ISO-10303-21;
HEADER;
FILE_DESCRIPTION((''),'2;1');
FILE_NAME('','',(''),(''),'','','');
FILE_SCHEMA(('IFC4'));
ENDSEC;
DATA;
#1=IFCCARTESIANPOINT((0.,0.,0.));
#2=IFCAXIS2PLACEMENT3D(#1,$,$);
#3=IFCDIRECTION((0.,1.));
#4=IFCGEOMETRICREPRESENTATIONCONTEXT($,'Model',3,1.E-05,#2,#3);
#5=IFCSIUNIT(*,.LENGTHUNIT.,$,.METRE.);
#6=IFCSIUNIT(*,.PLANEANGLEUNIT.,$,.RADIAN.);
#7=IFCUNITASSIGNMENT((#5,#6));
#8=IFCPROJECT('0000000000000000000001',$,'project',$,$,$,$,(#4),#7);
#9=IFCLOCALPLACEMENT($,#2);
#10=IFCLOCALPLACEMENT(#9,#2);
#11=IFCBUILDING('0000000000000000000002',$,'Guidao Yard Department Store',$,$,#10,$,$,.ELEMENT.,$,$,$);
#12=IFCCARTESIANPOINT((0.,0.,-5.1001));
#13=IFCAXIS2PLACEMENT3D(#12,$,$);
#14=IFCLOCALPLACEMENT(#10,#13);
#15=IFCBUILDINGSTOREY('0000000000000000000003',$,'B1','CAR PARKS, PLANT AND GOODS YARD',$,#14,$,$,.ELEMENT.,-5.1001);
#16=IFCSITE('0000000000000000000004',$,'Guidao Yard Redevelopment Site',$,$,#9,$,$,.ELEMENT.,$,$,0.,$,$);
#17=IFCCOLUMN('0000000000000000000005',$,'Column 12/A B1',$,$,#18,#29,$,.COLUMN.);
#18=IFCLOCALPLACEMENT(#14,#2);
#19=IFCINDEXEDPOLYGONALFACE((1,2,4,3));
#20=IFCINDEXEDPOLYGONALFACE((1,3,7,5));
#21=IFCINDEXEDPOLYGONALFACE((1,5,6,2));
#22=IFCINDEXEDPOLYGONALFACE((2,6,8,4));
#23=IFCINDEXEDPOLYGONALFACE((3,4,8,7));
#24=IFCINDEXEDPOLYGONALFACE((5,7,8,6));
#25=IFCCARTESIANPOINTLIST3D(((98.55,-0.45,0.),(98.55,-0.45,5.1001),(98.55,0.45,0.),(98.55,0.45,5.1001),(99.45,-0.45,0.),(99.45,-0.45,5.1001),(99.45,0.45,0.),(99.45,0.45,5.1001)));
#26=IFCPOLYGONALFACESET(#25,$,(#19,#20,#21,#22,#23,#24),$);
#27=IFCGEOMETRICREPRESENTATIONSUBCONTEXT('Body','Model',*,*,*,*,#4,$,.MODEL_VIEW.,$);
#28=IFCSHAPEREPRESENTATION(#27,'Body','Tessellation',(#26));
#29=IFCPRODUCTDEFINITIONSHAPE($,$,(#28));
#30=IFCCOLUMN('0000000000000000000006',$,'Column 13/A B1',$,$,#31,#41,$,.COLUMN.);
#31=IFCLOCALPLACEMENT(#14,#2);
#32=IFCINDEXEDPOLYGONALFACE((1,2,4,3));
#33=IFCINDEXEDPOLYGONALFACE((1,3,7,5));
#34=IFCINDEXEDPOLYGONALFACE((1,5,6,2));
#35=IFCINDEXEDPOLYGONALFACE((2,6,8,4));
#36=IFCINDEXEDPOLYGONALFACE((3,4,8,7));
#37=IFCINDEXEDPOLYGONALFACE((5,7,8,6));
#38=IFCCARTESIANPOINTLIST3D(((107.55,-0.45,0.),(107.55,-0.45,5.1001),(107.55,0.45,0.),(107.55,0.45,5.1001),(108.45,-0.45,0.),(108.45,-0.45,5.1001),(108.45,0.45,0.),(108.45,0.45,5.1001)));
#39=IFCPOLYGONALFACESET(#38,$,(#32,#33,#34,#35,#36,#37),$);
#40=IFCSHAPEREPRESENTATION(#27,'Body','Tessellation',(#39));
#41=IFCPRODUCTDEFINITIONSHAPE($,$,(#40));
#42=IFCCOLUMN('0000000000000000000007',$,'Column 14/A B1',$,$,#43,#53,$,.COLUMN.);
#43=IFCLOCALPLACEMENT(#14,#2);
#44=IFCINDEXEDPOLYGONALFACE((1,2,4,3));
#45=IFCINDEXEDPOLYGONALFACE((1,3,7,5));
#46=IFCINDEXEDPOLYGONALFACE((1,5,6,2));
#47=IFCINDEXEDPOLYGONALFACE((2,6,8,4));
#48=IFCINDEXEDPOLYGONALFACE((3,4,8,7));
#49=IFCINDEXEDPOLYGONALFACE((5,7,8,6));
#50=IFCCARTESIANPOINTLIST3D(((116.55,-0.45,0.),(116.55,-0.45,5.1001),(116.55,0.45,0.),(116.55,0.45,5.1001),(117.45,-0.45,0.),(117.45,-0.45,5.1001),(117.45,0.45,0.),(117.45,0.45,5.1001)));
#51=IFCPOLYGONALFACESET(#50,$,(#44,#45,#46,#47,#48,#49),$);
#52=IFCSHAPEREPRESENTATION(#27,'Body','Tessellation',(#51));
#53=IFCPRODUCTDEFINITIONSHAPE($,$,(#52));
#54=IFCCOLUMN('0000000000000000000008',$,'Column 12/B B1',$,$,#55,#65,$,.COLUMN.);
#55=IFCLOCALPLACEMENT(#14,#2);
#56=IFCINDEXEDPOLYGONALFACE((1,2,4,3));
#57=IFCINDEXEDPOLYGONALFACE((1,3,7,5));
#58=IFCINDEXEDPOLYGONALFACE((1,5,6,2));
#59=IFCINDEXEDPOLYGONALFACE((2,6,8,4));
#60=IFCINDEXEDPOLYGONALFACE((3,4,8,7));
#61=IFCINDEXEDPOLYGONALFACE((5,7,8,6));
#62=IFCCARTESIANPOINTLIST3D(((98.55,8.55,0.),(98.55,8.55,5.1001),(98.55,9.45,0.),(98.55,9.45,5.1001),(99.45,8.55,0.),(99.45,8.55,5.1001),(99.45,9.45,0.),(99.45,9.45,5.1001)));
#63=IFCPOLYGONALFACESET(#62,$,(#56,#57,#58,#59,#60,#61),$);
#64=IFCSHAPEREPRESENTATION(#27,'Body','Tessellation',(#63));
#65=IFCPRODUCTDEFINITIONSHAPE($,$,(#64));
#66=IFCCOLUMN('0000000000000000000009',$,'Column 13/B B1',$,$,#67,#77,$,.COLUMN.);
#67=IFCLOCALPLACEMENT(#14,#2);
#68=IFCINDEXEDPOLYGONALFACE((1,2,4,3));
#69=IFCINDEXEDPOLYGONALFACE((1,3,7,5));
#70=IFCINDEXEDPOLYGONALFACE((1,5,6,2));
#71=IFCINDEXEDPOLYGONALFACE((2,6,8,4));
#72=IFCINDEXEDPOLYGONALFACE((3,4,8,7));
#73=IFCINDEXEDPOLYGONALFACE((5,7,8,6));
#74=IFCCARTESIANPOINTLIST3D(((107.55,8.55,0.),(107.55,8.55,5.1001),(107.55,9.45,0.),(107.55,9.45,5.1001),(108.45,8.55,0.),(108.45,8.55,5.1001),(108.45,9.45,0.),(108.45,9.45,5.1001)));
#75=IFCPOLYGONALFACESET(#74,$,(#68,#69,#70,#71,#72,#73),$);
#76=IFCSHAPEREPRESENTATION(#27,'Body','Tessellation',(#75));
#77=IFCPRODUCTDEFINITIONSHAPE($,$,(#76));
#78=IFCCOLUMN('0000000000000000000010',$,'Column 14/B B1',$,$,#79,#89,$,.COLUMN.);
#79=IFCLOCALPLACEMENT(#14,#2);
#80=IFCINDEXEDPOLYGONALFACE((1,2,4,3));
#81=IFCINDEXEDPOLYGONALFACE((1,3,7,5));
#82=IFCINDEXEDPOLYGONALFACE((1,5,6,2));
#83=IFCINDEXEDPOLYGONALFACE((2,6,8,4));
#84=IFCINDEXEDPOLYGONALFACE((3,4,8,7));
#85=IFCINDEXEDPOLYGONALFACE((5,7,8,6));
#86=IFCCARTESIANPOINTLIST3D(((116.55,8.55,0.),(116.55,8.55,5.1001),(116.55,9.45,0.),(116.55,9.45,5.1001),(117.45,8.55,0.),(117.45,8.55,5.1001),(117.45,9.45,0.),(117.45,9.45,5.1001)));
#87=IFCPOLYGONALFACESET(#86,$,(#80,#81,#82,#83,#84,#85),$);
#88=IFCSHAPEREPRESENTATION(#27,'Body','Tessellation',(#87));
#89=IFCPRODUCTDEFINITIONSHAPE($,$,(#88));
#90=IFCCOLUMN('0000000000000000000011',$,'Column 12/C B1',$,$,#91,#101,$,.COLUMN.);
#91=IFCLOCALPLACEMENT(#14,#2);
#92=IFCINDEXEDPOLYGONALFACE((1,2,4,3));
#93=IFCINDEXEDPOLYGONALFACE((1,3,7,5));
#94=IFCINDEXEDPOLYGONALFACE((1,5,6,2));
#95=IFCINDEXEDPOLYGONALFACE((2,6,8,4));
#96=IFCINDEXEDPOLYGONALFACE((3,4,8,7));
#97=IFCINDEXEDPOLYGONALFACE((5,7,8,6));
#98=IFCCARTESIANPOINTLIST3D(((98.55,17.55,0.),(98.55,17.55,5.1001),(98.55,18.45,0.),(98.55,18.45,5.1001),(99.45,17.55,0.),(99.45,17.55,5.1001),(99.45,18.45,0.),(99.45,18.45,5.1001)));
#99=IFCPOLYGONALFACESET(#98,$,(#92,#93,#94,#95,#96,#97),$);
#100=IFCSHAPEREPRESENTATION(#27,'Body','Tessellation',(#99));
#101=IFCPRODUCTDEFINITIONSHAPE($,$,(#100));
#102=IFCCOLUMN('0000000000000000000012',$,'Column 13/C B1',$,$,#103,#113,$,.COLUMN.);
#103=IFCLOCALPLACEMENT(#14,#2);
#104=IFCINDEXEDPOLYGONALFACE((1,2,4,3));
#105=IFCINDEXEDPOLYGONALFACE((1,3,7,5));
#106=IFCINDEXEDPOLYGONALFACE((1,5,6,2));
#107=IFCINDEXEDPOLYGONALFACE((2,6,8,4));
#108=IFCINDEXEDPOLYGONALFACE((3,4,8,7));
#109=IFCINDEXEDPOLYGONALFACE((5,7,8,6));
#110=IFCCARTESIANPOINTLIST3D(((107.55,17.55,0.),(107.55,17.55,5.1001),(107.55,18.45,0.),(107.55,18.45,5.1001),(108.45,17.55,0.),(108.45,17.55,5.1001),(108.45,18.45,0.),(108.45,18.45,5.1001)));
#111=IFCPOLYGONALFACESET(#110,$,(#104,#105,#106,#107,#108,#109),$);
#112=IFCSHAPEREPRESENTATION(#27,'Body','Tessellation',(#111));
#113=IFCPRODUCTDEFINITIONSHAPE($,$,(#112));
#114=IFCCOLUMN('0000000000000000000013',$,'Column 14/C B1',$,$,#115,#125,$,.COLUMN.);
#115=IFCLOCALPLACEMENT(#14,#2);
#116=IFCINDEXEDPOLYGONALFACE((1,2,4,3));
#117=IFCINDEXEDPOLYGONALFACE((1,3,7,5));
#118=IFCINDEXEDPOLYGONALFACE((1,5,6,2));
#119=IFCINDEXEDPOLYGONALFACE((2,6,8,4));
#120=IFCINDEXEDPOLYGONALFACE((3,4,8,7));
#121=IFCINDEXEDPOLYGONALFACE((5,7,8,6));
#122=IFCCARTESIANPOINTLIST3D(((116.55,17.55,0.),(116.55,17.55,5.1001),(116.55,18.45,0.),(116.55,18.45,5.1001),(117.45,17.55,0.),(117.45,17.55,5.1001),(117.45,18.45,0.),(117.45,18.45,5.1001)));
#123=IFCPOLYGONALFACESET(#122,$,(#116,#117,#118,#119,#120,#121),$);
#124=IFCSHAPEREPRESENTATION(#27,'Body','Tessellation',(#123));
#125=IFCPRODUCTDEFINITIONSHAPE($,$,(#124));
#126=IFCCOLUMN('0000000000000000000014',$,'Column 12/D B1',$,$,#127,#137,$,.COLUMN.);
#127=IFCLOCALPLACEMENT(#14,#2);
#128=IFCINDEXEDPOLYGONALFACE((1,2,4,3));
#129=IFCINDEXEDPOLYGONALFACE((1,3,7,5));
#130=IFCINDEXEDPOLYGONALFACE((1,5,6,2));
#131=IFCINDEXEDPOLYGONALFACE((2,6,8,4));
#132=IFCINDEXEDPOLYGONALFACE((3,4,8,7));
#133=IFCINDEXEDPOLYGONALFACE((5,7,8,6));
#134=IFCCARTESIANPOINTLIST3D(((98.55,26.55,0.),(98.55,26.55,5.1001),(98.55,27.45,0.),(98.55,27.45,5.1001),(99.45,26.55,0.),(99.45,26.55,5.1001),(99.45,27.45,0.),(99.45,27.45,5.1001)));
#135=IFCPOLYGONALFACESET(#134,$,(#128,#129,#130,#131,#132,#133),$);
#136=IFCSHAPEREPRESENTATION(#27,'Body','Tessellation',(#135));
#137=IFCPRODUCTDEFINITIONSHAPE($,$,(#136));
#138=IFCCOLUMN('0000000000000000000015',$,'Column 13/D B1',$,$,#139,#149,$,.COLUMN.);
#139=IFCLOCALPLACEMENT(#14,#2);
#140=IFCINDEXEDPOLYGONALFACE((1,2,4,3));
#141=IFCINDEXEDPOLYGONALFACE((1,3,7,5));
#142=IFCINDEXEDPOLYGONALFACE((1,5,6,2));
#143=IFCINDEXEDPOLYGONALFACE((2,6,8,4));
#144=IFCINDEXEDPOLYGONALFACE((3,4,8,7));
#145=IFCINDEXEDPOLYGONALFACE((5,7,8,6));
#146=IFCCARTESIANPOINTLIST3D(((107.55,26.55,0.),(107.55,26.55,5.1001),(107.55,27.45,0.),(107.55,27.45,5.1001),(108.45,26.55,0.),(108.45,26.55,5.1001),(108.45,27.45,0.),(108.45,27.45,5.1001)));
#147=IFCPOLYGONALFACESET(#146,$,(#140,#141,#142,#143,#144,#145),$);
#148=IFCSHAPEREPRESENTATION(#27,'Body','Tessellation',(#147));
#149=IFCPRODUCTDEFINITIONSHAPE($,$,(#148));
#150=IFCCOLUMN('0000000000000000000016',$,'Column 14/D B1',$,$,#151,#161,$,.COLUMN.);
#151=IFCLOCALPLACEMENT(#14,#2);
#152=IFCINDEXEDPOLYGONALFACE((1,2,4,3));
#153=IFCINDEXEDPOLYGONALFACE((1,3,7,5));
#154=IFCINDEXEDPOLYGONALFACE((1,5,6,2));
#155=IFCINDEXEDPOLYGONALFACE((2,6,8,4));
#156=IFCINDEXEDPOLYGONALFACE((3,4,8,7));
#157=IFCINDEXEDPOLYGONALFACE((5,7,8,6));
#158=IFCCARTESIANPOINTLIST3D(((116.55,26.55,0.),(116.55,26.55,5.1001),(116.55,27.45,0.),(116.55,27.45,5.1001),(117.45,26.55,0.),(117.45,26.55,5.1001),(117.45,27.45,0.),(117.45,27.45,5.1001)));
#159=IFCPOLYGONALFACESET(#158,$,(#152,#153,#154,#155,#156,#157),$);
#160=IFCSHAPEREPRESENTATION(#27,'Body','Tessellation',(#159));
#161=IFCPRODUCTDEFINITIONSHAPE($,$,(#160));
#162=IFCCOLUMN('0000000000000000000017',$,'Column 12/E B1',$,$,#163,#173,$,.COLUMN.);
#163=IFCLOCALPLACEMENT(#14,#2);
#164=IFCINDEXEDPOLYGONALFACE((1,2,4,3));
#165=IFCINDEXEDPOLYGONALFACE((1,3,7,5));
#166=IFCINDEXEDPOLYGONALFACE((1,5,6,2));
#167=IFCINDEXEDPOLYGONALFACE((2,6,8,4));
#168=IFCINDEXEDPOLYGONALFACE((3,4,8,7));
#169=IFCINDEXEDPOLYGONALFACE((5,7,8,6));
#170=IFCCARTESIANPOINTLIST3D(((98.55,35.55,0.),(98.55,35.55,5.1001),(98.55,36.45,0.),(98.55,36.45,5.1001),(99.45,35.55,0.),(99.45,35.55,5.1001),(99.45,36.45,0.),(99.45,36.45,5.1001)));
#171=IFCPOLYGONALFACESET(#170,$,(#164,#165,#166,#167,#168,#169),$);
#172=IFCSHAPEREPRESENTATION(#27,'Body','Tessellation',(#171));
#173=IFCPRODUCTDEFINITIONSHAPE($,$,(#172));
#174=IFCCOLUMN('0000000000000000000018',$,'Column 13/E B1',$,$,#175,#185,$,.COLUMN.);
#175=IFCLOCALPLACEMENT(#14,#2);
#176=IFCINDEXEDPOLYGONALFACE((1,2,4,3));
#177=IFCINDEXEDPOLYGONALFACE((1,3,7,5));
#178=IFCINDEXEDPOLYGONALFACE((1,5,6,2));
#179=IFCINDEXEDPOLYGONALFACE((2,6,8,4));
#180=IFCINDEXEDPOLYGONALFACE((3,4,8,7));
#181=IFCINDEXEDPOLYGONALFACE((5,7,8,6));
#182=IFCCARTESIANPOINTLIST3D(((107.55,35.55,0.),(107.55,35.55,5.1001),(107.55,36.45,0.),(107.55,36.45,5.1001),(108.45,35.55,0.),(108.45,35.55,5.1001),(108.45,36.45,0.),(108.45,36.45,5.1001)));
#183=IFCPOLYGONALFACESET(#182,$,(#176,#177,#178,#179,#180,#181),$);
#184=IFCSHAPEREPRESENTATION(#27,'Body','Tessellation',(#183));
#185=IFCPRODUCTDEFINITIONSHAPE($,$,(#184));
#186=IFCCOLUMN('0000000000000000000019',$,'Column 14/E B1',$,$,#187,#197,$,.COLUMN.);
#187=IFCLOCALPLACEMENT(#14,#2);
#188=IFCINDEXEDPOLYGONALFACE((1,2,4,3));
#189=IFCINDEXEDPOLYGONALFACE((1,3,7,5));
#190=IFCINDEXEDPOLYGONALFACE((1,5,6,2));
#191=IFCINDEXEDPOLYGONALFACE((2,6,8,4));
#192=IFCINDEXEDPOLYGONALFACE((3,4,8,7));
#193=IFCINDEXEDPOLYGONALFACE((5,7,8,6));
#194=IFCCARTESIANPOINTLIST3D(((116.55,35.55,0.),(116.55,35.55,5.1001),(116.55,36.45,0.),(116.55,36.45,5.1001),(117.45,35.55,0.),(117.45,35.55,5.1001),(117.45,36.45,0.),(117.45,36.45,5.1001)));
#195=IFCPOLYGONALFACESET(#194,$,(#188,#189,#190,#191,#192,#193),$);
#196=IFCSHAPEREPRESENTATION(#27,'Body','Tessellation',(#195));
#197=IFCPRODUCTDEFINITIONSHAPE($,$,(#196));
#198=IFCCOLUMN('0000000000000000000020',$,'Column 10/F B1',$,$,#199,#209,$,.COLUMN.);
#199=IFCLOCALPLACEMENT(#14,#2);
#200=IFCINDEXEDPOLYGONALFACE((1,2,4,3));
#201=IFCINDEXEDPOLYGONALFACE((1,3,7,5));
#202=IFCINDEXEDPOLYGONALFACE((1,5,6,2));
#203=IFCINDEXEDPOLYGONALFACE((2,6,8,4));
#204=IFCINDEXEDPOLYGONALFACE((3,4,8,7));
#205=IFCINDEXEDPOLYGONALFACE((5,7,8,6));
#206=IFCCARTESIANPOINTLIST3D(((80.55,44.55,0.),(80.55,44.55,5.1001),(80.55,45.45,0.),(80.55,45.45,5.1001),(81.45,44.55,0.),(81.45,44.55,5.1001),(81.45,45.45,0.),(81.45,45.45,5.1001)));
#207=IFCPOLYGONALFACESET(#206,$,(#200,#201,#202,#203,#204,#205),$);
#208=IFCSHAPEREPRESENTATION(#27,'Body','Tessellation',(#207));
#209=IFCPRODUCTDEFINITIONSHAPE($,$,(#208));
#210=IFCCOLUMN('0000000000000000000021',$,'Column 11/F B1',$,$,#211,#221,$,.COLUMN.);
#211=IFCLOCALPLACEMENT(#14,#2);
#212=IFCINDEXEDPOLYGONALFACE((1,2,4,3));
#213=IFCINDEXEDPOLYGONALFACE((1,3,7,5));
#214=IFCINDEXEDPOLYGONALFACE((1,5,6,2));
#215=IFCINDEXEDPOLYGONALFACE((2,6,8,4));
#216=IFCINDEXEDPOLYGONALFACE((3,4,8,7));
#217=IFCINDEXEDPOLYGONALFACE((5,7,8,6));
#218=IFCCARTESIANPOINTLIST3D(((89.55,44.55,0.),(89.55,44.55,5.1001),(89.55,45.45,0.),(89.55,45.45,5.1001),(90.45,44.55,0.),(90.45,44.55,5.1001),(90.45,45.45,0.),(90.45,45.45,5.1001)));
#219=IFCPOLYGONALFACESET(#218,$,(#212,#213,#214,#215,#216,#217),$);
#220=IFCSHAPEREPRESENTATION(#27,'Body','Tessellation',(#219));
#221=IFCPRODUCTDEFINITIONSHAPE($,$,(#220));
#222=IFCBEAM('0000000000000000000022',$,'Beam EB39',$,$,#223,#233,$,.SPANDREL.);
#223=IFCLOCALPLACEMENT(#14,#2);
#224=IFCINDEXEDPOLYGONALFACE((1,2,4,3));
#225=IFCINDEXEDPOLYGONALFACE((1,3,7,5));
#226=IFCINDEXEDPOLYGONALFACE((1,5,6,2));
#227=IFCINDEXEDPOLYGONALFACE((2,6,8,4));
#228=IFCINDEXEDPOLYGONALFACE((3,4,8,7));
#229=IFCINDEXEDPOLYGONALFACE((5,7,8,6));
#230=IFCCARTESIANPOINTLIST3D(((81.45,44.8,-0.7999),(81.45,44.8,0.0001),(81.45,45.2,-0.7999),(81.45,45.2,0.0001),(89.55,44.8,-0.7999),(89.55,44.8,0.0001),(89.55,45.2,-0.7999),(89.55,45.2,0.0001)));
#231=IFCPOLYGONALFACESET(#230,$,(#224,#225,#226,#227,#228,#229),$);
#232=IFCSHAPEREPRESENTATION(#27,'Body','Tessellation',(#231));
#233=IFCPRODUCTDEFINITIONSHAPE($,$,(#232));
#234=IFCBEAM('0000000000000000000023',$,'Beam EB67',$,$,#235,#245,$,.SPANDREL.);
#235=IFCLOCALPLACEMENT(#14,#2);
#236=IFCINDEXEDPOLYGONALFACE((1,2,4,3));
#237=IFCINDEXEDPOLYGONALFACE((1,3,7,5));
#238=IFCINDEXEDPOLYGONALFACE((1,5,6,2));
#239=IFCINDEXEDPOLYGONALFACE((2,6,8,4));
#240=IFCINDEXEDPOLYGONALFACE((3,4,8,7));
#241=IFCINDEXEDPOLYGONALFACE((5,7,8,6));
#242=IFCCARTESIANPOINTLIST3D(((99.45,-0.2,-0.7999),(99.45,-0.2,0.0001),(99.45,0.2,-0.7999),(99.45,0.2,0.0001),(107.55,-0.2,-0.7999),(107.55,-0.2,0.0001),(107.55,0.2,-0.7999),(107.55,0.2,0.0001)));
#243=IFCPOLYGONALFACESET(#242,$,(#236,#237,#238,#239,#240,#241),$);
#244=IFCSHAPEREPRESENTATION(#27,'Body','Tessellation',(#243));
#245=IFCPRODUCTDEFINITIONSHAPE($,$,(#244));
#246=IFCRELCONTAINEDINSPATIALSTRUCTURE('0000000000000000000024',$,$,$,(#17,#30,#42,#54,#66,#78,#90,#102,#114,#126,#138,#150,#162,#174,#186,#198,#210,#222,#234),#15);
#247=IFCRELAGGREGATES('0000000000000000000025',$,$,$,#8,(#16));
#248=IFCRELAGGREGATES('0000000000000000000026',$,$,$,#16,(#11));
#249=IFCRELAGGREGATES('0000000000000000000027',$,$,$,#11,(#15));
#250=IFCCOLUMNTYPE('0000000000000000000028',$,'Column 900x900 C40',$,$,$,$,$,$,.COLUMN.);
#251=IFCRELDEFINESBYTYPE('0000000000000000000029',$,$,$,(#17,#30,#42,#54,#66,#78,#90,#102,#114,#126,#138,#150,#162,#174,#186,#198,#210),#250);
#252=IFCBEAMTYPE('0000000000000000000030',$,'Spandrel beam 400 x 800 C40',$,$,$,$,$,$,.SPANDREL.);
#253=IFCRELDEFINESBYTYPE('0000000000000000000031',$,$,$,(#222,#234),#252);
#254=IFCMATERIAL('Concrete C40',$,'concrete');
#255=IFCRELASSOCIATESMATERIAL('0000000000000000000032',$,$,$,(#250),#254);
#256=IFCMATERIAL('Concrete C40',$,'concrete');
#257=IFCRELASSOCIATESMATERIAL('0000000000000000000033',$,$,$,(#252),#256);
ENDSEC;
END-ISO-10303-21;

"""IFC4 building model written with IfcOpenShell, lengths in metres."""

from ifc_helpers import new_model, si_unit, direction, frame, origin, origin_2d, place, context, subcontext, project, spatial, rectangle, extrude, material, material_profile, profile_set, type_object, element, save


model = new_model("IFC4")

# Units and contexts
model_context = context("Model", 3, precision=1e-05, world=origin(), true_north=direction((0.0, 1.0)))
body_context = subcontext(model_context, "Body", "Model", "MODEL_VIEW")
ifc_project = project(units=[si_unit("LENGTHUNIT", "METRE"), si_unit("PLANEANGLEUNIT", "RADIAN")], contexts=[model_context])

# Site, building, storey
site_placement = place(None, origin())
site = spatial("IfcSite", under=ifc_project, at=site_placement, Name="Guidao Yard Redevelopment Site", CompositionType="ELEMENT", RefElevation=0.0)
building_placement = place(site_placement, origin())
building = spatial("IfcBuilding", under=site, at=building_placement, Name="Guidao Yard Department Store", CompositionType="ELEMENT")
storey_placement = place(building_placement, frame((0.0, 0.0, -5.1001)))
storey = spatial("IfcBuildingStorey", under=building, at=storey_placement, Name="B1", Description="CAR PARKS, PLANT AND GOODS YARD", CompositionType="ELEMENT", Elevation=-5.1001)

# Columns
ifc_material_1 = material(Name="Concrete C40", Category="concrete")
ifc_material_profile_1 = material_profile(ifc_material_1, rectangle(XDim=0.8999, YDim=0.8999, at=origin_2d()), Name="COL 900x900")
ifc_profile_set_1 = profile_set([ifc_material_profile_1], Name="Concrete C40")
column_type = type_object("IfcColumnType", Name="Column 900x900 C40", PredefinedType="COLUMN", material=ifc_profile_set_1)
for number, where, z_axis, x_axis, name in (
    (1, (99.0, 0.0, 0.0), (0.0, 0.0, 1.0), (1.0, 0.0, 0.0), "Column 12/A B1"),
    (2, (108.0, 0.0, 0.0), (0.0, 0.0, 1.0), (1.0, 0.0, 0.0), "Column 13/A B1"),
    (3, (117.0, 0.0, 0.0), (0.0, 0.0, 1.0), (1.0, 0.0, 0.0), "Column 14/A B1"),
    (4, (99.0, 9.0, 0.0), (0.0, 0.0, 1.0), (1.0, 0.0, 0.0), "Column 12/B B1"),
    (5, (108.0, 9.0, 0.0), (0.0, 0.0, 1.0), (1.0, 0.0, 0.0), "Column 13/B B1"),
    (6, (117.0, 9.0, 0.0), (0.0, 0.0, 1.0), (1.0, 0.0, 0.0), "Column 14/B B1"),
    (7, (99.0, 18.0, 0.0), (0.0, 0.0, 1.0), (1.0, 0.0, 0.0), "Column 12/C B1"),
    (8, (108.0, 18.0, 0.0), (0.0, 0.0, 1.0), (1.0, 0.0, 0.0), "Column 13/C B1"),
    (9, (117.0, 18.0, 0.0), (0.0, 0.0, 1.0), (1.0, 0.0, 0.0), "Column 14/C B1"),
    (10, (99.0, 27.0, 0.0), (0.0, 0.0, 1.0), (1.0, 0.0, 0.0), "Column 12/D B1"),
    (11, (108.0, 27.0, 0.0), (0.0, 0.0, 1.0), (1.0, 0.0, 0.0), "Column 13/D B1"),
    (12, (117.0, 27.0, 0.0), (0.0, 0.0, 1.0), (1.0, 0.0, 0.0), "Column 14/D B1"),
    (13, (99.0, 36.0, 0.0), (0.0, 0.0, 1.0), (1.0, 0.0, 0.0), "Column 12/E B1"),
    (14, (108.0, 36.0, 0.0), (0.0, 0.0, 1.0), (1.0, 0.0, 0.0), "Column 13/E B1"),
    (15, (117.0, 36.0, 0.0), (0.0, 0.0, 1.0), (1.0, 0.0, 0.0), "Column 14/E B1"),
    (16, (81.0, 45.0, 0.0), (0.0, 0.0, 1.0), (1.0, 0.0, 0.0), "Column 10/F B1"),
    (17, (90.0, 45.0, 0.0), (0.0, 0.0, 1.0), (1.0, 0.0, 0.0), "Column 11/F B1"),
):
    element("IfcColumn", number, at=place(storey_placement, frame(where, z_axis=z_axis, x_axis=x_axis)), inside=storey, type_object=column_type, Name=name, PredefinedType="COLUMN", context=body_context, shape_type="SweptSolid", body=[
        extrude(rectangle(XDim=0.8999, YDim=0.8999, at=origin_2d()), origin(), (0.0, 0.0, 1.0), 5.1001),
    ])

# Beams
ifc_material_2 = material(Name="Concrete C40", Category="concrete")
ifc_material_profile_2 = material_profile(ifc_material_2, rectangle(XDim=0.3999, YDim=0.8, at=origin_2d()), Name="Spandrel beam 400 x 800 C40")
ifc_profile_set_2 = profile_set([ifc_material_profile_2], Name="Concrete C40")
beam_type = type_object("IfcBeamType", Name="Spandrel beam 400 x 800 C40", PredefinedType="SPANDREL", material=ifc_profile_set_2)
for number, where, z_axis, x_axis, name in (
    (18, (81.45, 45.0, -0.3999), (1.0, 0.0, 0.0), (0.0, 1.0, 0.0), "Beam EB39"),
    (19, (99.45, 0.0, -0.3999), (1.0, 0.0, 0.0), (0.0, 1.0, 0.0), "Beam EB67"),
):
    element("IfcBeam", number, at=place(storey_placement, frame(where, z_axis=z_axis, x_axis=x_axis)), inside=storey, type_object=beam_type, Name=name, PredefinedType="SPANDREL", context=body_context, shape_type="SweptSolid", body=[
        extrude(rectangle(XDim=0.3999, YDim=0.8, at=origin_2d()), origin(), (0.0, 0.0, 1.0), 8.1001),
    ])

save(model, "model.ifc")
